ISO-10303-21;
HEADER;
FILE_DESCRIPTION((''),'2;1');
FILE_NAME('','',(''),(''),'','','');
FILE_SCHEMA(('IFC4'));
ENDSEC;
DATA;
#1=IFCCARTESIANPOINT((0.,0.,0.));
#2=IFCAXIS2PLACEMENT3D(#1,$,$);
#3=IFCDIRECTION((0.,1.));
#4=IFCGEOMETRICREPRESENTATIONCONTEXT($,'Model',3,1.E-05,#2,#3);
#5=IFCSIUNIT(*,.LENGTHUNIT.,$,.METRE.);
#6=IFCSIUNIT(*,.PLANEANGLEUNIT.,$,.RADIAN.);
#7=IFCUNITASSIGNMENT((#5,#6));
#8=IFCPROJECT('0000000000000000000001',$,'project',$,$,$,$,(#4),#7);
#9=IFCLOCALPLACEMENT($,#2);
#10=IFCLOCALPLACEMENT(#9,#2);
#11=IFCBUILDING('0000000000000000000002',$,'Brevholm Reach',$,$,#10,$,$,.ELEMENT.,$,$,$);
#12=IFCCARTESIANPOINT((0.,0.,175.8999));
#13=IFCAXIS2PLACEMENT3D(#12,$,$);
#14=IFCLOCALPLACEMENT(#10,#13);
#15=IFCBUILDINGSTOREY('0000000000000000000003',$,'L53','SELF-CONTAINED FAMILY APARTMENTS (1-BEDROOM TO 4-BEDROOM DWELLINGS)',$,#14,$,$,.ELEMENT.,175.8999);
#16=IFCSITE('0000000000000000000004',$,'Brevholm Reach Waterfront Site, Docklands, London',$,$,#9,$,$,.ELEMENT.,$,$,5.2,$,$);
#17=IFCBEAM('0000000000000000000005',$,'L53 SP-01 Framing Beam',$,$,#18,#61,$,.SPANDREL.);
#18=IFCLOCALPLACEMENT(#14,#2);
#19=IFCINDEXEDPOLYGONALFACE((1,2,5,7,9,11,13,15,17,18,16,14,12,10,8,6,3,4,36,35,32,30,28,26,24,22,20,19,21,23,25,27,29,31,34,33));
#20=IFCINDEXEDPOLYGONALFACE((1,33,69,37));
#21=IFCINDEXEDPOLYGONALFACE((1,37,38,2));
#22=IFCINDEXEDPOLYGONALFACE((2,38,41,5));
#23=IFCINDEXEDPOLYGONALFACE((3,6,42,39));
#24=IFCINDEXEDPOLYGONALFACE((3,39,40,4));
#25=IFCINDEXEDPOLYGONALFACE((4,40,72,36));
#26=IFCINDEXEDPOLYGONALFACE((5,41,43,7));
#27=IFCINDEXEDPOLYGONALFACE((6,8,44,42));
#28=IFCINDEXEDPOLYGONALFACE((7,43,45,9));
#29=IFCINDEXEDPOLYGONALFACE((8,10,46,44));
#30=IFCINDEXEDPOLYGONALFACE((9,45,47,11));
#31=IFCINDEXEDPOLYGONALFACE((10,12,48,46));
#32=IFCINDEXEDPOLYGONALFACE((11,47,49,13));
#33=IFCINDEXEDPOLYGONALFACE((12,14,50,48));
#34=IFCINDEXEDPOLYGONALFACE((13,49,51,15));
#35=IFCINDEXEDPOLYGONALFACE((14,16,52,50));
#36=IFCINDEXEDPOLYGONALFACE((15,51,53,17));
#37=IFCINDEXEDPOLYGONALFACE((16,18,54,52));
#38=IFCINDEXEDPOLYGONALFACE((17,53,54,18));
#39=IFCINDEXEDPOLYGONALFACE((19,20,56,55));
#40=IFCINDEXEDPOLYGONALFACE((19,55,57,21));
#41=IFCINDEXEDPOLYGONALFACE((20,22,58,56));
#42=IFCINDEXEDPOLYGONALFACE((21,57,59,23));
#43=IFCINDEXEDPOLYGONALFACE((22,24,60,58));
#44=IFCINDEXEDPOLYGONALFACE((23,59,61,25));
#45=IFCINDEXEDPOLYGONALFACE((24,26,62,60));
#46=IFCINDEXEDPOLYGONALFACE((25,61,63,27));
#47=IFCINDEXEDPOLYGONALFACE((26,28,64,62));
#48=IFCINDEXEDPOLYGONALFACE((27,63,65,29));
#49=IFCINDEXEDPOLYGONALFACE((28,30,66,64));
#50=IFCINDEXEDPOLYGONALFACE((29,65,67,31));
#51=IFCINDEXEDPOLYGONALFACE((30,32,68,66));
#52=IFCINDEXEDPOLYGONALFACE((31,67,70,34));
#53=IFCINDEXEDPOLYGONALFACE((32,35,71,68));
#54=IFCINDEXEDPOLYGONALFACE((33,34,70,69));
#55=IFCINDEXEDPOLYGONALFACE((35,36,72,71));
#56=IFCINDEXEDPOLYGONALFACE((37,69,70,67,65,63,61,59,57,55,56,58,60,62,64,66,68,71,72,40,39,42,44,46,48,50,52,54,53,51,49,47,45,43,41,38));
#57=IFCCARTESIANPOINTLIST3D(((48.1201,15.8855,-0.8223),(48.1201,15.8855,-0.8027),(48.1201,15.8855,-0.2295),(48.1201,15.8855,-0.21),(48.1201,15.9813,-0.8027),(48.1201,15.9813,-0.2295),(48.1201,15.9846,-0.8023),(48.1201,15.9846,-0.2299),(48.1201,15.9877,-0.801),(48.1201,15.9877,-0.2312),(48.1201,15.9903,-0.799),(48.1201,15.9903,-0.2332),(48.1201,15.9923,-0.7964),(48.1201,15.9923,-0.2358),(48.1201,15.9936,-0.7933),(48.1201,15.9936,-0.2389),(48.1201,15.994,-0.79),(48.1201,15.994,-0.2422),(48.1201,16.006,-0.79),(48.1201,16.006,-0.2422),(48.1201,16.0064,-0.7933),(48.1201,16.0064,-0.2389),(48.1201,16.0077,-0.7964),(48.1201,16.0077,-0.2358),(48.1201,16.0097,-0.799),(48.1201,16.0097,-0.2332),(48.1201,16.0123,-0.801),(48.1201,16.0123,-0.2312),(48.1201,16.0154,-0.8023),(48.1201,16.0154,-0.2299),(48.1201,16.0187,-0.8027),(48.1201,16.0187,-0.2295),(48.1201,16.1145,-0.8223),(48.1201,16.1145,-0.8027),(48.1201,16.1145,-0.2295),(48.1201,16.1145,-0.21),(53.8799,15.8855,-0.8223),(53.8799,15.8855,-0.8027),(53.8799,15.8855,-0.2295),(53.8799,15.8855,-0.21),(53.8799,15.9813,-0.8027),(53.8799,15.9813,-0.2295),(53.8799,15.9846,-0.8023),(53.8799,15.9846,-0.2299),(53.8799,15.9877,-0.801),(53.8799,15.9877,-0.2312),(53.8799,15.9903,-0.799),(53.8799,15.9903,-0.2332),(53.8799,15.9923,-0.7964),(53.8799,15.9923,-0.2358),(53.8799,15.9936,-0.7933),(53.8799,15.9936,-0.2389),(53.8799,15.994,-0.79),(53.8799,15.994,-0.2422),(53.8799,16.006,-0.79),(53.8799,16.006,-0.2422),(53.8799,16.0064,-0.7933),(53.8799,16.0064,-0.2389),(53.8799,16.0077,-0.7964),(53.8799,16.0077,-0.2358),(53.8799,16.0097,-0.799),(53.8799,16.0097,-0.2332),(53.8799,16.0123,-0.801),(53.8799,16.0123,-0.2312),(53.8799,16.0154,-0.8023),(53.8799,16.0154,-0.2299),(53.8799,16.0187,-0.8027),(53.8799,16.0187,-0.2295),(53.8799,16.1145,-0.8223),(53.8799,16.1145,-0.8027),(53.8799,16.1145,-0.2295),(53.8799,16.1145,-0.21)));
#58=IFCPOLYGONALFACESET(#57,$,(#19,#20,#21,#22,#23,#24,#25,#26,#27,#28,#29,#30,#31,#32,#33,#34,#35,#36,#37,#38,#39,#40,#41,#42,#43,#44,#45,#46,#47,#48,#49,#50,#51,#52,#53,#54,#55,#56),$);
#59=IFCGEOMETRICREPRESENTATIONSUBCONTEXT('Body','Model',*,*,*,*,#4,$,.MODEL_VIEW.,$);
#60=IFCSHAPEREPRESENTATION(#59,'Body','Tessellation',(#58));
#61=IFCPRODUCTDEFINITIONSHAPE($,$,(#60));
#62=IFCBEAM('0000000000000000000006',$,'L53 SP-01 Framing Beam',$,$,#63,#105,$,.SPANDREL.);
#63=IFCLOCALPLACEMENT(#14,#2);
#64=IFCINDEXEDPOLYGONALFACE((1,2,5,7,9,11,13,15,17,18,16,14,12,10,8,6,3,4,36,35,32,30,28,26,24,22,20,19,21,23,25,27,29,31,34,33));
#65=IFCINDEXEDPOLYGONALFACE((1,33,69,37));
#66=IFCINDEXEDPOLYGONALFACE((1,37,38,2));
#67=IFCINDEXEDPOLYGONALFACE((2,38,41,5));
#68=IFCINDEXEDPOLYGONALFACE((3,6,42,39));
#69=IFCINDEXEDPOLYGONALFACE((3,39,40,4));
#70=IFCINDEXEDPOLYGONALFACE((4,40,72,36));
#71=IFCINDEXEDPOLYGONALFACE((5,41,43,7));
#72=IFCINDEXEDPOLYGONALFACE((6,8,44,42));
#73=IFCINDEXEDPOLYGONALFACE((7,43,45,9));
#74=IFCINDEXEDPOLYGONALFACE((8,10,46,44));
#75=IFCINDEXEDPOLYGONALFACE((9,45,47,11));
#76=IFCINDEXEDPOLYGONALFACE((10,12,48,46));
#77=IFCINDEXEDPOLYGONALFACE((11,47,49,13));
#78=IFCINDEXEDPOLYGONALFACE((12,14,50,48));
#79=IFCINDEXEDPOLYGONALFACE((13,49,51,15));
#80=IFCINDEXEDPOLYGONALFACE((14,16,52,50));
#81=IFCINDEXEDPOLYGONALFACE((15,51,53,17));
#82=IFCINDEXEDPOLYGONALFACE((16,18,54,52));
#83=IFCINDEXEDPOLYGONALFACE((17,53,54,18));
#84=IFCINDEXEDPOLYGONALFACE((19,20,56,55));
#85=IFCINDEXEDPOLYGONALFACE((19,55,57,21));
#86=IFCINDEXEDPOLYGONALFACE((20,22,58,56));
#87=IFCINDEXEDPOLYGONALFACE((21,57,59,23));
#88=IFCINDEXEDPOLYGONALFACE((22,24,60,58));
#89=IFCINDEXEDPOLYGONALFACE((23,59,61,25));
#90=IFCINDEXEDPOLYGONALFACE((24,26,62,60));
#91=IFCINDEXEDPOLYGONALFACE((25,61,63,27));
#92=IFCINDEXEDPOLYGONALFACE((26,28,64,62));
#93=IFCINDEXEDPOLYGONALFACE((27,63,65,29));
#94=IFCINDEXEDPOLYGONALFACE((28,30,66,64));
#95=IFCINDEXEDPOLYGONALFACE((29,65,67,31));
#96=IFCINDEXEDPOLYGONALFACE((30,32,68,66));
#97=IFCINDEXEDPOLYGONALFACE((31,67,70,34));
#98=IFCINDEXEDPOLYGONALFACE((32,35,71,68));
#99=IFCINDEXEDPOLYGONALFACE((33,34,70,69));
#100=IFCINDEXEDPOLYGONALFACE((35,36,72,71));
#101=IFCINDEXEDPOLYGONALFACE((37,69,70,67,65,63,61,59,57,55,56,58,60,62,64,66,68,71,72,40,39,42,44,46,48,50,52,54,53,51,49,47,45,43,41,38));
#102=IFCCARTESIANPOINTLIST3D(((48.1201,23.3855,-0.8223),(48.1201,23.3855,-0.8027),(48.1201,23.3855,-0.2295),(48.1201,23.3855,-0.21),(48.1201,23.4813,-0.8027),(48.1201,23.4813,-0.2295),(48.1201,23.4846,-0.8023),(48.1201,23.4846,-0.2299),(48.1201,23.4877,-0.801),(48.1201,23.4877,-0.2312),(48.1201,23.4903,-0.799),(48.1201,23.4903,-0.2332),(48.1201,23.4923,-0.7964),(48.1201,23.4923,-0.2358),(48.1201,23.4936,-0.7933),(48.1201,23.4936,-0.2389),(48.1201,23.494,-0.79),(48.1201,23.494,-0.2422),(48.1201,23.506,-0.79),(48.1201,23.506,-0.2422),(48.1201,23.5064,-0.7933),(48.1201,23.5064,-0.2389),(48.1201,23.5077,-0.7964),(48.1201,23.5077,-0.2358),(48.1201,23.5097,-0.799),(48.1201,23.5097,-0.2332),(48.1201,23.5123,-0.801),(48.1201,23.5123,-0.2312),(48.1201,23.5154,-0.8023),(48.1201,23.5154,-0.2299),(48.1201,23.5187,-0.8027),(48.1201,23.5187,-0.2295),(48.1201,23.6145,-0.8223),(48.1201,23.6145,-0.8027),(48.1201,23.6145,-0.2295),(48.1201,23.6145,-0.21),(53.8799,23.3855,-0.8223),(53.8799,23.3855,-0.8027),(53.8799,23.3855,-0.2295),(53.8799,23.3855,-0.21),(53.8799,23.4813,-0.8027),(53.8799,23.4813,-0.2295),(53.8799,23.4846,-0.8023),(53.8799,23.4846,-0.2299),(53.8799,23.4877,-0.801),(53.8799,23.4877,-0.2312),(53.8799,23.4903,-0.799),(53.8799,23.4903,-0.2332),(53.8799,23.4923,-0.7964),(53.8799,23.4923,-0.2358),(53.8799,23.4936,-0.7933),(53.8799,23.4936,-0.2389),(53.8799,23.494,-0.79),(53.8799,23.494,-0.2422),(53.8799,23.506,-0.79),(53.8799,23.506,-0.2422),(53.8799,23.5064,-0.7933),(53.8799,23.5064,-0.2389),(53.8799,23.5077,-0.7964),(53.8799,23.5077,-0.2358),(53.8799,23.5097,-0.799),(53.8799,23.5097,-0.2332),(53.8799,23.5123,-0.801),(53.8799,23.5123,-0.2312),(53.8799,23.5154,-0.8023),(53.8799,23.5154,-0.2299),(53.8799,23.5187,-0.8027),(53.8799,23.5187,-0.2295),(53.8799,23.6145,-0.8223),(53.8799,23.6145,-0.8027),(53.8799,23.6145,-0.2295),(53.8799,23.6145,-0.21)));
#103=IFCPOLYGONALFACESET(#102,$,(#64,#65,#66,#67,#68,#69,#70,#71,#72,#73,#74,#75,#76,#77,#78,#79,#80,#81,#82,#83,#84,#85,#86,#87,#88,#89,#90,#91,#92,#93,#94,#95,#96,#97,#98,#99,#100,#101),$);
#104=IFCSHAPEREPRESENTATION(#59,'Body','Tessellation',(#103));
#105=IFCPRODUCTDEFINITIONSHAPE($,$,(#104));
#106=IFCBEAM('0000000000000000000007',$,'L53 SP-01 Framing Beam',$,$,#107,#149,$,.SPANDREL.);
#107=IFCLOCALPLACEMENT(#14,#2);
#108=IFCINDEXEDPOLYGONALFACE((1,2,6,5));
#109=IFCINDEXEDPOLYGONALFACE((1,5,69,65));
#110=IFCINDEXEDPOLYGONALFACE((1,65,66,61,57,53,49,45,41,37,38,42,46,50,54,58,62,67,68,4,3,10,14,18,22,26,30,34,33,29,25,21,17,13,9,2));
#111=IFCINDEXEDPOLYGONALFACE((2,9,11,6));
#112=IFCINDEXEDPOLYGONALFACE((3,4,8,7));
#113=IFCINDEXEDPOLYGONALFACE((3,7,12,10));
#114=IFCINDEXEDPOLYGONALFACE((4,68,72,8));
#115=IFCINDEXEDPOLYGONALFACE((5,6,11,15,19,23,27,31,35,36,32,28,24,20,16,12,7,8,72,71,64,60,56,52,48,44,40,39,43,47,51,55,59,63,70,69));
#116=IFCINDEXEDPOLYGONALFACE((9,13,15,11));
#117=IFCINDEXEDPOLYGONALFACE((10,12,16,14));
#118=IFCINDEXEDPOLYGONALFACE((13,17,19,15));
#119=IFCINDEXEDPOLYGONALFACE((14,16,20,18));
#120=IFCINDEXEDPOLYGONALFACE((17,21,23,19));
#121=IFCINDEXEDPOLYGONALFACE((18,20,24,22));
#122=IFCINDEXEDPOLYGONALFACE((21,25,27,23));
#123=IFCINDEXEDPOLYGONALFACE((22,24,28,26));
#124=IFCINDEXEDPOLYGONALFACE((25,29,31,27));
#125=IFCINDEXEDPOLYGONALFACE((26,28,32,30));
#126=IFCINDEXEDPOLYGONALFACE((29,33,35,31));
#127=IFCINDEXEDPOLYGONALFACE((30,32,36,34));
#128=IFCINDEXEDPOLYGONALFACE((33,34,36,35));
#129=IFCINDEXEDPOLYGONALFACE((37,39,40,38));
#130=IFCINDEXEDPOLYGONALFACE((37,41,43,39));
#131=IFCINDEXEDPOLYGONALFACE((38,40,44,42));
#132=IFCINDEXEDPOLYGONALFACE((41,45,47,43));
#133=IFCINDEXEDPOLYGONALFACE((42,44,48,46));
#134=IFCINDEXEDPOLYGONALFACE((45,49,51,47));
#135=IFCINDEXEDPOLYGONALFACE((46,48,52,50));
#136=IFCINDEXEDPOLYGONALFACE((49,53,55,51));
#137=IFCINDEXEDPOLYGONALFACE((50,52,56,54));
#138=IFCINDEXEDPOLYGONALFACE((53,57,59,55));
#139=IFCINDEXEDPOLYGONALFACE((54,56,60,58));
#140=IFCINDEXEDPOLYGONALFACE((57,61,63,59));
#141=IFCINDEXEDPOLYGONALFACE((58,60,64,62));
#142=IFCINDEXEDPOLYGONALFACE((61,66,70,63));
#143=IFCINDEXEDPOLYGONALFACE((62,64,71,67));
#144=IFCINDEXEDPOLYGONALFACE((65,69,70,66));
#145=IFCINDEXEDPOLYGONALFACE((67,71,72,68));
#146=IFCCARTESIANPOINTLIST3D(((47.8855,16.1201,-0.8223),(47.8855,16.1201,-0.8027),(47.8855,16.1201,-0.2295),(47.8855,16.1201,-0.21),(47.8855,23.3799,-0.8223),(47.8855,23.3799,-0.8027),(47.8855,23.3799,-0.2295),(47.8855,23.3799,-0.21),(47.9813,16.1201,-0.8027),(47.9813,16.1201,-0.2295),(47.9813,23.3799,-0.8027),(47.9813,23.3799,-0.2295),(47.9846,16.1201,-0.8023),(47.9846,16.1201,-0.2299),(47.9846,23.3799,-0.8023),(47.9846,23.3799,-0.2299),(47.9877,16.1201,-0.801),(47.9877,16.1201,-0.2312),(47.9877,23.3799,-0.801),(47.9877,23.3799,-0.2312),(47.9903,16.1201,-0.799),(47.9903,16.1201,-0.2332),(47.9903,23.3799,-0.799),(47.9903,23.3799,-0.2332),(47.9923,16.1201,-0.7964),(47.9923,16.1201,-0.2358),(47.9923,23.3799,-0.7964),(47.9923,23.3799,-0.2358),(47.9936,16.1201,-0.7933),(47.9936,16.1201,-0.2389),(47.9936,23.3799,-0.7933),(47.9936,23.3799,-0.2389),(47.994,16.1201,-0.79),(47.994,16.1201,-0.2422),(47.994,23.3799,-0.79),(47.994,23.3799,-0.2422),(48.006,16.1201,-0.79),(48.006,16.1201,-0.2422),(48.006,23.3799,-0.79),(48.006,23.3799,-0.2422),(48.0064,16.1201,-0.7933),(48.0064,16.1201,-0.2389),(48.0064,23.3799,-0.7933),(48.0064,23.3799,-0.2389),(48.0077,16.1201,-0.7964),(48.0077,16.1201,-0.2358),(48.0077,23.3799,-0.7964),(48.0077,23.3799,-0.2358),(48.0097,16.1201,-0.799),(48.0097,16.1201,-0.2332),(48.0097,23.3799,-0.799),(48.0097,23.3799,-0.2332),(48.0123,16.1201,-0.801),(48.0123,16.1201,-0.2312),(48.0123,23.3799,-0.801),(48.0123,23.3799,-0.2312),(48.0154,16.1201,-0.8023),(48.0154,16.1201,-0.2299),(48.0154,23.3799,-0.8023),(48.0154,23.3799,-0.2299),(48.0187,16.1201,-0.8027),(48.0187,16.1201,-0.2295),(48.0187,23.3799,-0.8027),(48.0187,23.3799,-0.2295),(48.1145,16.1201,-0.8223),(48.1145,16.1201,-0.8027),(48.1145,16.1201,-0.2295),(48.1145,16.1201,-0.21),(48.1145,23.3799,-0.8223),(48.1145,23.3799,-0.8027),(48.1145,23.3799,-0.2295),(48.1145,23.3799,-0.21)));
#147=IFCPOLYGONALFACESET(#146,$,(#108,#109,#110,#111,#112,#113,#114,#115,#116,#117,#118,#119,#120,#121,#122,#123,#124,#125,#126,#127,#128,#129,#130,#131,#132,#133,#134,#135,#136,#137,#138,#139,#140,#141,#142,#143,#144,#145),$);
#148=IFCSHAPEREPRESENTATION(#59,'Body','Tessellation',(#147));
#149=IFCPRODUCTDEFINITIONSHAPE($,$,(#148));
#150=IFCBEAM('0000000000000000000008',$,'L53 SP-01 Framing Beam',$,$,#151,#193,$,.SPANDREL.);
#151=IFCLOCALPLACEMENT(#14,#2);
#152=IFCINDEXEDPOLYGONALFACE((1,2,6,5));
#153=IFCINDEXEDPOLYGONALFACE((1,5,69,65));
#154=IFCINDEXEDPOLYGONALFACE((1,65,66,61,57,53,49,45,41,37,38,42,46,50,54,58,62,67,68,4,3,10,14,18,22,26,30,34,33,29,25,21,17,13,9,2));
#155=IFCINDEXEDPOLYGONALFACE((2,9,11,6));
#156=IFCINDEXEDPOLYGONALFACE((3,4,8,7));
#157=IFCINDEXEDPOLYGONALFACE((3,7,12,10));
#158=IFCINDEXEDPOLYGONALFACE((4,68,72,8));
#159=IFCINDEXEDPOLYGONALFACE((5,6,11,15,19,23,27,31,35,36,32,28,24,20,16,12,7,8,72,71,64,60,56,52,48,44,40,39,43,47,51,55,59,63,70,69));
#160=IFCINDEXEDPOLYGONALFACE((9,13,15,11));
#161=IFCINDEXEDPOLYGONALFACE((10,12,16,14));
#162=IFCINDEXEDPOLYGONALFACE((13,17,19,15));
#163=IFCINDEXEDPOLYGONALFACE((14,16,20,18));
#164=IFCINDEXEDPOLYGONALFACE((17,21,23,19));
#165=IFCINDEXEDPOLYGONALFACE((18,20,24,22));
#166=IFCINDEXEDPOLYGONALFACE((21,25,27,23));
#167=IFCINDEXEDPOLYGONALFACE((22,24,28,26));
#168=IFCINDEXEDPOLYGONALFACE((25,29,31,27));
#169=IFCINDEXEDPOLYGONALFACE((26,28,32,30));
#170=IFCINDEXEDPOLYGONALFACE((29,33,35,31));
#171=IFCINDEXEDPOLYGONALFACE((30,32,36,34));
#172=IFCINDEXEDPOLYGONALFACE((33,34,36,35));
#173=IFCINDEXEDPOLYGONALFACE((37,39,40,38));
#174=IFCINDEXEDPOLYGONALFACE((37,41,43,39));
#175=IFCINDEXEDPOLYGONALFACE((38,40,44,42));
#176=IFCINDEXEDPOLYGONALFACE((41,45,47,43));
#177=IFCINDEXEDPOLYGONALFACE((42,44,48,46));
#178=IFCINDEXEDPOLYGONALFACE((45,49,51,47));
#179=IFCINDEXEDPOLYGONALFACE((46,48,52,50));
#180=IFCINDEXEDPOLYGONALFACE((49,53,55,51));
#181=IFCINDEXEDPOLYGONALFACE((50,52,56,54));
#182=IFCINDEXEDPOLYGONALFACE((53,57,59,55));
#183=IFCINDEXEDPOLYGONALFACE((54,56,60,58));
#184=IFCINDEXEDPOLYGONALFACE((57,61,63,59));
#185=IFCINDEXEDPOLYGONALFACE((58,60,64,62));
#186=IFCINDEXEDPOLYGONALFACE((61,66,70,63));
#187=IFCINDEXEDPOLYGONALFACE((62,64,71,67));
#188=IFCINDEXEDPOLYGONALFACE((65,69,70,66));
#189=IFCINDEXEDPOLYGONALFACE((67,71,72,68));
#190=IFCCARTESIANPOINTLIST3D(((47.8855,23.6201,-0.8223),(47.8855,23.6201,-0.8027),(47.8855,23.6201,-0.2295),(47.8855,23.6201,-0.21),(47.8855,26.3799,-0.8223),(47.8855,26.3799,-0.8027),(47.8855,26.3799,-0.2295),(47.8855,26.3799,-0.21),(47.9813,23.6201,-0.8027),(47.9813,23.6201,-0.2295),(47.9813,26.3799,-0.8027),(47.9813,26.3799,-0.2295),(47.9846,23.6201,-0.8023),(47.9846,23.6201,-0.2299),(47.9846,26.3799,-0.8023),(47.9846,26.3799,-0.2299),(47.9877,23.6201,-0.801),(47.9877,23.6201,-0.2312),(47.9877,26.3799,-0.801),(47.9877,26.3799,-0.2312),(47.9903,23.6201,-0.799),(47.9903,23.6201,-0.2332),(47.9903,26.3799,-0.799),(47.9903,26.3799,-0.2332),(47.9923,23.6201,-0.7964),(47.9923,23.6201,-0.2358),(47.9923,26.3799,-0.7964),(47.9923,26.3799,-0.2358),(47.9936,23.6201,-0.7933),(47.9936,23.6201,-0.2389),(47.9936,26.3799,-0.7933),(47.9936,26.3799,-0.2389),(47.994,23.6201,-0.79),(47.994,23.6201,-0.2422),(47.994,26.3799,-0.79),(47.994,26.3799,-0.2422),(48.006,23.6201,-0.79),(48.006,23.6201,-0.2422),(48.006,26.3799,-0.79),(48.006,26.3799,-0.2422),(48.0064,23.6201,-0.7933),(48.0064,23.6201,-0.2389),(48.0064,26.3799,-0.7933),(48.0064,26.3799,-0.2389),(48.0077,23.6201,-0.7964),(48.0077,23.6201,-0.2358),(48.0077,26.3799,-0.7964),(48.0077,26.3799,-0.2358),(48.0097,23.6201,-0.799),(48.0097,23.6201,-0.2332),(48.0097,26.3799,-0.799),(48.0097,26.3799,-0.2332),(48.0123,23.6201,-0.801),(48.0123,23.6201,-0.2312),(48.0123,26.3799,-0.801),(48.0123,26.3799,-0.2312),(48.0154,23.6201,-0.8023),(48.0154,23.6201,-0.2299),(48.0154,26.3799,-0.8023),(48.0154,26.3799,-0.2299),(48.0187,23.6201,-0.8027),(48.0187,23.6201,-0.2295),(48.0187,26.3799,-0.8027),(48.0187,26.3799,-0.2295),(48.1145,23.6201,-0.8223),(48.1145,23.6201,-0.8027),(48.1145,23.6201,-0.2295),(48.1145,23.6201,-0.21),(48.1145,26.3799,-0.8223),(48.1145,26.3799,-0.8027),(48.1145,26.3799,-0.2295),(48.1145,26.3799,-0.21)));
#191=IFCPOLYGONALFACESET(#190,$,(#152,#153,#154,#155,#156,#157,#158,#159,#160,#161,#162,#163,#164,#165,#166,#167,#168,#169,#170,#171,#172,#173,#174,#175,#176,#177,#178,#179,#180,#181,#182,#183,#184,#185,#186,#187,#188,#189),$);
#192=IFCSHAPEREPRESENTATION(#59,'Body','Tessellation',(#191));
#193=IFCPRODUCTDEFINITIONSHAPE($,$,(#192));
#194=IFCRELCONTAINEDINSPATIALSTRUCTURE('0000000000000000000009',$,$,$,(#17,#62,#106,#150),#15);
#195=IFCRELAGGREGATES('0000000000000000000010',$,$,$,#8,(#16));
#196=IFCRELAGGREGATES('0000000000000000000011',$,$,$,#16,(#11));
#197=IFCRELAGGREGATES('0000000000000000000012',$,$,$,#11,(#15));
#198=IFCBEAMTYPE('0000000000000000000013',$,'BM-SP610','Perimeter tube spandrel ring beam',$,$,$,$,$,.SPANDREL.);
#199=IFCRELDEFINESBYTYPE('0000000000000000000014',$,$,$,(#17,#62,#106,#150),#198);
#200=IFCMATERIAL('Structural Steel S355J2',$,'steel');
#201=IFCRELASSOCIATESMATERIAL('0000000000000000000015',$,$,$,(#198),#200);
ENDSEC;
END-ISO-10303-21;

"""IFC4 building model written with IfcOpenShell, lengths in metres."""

from ifc_helpers import new_model, si_unit, direction, frame, origin, origin_2d, place, context, subcontext, project, spatial, i_section, extrude, material, material_profile, profile_set, type_object, element, save


model = new_model("IFC4")

# Units and contexts
model_context = context("Model", 3, precision=1e-05, world=origin(), true_north=direction((0.0, 1.0)))
body_context = subcontext(model_context, "Body", "Model", "MODEL_VIEW")
ifc_project = project(units=[si_unit("LENGTHUNIT", "METRE"), si_unit("PLANEANGLEUNIT", "RADIAN")], contexts=[model_context])

# Site, building, storey
site_placement = place(None, origin())
site = spatial("IfcSite", under=ifc_project, at=site_placement, Name="Brevholm Reach Waterfront Site, Docklands, London", CompositionType="ELEMENT", RefElevation=5.2)
building_placement = place(site_placement, origin())
building = spatial("IfcBuilding", under=site, at=building_placement, Name="Brevholm Reach", CompositionType="ELEMENT")
storey_placement = place(building_placement, frame((0.0, 0.0, 175.8999)))
storey = spatial("IfcBuildingStorey", under=building, at=storey_placement, Name="L53", Description="SELF-CONTAINED FAMILY APARTMENTS (1-BEDROOM TO 4-BEDROOM DWELLINGS)", CompositionType="ELEMENT", Elevation=175.8999)

# Beams
ifc_material_1 = material(Name="Structural Steel S355J2", Category="steel")
ifc_material_profile_1 = material_profile(ifc_material_1, i_section(OverallWidth=0.229, OverallDepth=0.6123, WebThickness=0.012, FlangeThickness=0.0195, FilletRadius=0.0127, at=origin_2d()), Name="UKB 610x229x125")
ifc_profile_set_1 = profile_set([ifc_material_profile_1], Name="Structural Steel S355J2")
beam_type_1 = type_object("IfcBeamType", Name="BM-SP610", Description="Perimeter tube spandrel ring beam", PredefinedType="SPANDREL", material=ifc_profile_set_1)
for number, where, z_axis, x_axis, name in (
    (1, (48.1201, 16.0, -0.5161), (1.0, 0.0, 0.0), (0.0, 1.0, 0.0), "L53 SP-01 Framing Beam"),
    (2, (48.1201, 23.5, -0.5161), (1.0, 0.0, 0.0), (0.0, 1.0, 0.0), "L53 SP-01 Framing Beam"),
):
    element("IfcBeam", number, at=place(storey_placement, frame(where, z_axis=z_axis, x_axis=x_axis)), inside=storey, type_object=beam_type_1, Name=name, PredefinedType="SPANDREL", context=body_context, shape_type="SweptSolid", body=[
        extrude(i_section(OverallWidth=0.229, OverallDepth=0.6123, WebThickness=0.012, FlangeThickness=0.0195, FilletRadius=0.0127, at=origin_2d()), origin(), (0.0, 0.0, 1.0), 5.7598),
    ])
beam_1_placement = place(storey_placement, frame((48.0, 16.1201, -0.5161), z_axis=(0.0, 1.0, 0.0), x_axis=(-1.0, 0.0, 0.0)))
element("IfcBeam", 3, at=beam_1_placement, inside=storey, type_object=beam_type_1, Name="L53 SP-01 Framing Beam", PredefinedType="SPANDREL", context=body_context, shape_type="SweptSolid", body=[
    extrude(i_section(OverallWidth=0.229, OverallDepth=0.6123, WebThickness=0.012, FlangeThickness=0.0195, FilletRadius=0.0127, at=origin_2d()), origin(), (0.0, 0.0, 1.0), 7.2598),
])
beam_2_placement = place(storey_placement, frame((48.0, 23.6201, -0.5161), z_axis=(0.0, 1.0, 0.0), x_axis=(-1.0, 0.0, 0.0)))
element("IfcBeam", 4, at=beam_2_placement, inside=storey, type_object=beam_type_1, Name="L53 SP-01 Framing Beam", PredefinedType="SPANDREL", context=body_context, shape_type="SweptSolid", body=[
    extrude(i_section(OverallWidth=0.229, OverallDepth=0.6123, WebThickness=0.012, FlangeThickness=0.0195, FilletRadius=0.0127, at=origin_2d()), origin(), (0.0, 0.0, 1.0), 2.7598),
])

save(model, "model.ifc")
